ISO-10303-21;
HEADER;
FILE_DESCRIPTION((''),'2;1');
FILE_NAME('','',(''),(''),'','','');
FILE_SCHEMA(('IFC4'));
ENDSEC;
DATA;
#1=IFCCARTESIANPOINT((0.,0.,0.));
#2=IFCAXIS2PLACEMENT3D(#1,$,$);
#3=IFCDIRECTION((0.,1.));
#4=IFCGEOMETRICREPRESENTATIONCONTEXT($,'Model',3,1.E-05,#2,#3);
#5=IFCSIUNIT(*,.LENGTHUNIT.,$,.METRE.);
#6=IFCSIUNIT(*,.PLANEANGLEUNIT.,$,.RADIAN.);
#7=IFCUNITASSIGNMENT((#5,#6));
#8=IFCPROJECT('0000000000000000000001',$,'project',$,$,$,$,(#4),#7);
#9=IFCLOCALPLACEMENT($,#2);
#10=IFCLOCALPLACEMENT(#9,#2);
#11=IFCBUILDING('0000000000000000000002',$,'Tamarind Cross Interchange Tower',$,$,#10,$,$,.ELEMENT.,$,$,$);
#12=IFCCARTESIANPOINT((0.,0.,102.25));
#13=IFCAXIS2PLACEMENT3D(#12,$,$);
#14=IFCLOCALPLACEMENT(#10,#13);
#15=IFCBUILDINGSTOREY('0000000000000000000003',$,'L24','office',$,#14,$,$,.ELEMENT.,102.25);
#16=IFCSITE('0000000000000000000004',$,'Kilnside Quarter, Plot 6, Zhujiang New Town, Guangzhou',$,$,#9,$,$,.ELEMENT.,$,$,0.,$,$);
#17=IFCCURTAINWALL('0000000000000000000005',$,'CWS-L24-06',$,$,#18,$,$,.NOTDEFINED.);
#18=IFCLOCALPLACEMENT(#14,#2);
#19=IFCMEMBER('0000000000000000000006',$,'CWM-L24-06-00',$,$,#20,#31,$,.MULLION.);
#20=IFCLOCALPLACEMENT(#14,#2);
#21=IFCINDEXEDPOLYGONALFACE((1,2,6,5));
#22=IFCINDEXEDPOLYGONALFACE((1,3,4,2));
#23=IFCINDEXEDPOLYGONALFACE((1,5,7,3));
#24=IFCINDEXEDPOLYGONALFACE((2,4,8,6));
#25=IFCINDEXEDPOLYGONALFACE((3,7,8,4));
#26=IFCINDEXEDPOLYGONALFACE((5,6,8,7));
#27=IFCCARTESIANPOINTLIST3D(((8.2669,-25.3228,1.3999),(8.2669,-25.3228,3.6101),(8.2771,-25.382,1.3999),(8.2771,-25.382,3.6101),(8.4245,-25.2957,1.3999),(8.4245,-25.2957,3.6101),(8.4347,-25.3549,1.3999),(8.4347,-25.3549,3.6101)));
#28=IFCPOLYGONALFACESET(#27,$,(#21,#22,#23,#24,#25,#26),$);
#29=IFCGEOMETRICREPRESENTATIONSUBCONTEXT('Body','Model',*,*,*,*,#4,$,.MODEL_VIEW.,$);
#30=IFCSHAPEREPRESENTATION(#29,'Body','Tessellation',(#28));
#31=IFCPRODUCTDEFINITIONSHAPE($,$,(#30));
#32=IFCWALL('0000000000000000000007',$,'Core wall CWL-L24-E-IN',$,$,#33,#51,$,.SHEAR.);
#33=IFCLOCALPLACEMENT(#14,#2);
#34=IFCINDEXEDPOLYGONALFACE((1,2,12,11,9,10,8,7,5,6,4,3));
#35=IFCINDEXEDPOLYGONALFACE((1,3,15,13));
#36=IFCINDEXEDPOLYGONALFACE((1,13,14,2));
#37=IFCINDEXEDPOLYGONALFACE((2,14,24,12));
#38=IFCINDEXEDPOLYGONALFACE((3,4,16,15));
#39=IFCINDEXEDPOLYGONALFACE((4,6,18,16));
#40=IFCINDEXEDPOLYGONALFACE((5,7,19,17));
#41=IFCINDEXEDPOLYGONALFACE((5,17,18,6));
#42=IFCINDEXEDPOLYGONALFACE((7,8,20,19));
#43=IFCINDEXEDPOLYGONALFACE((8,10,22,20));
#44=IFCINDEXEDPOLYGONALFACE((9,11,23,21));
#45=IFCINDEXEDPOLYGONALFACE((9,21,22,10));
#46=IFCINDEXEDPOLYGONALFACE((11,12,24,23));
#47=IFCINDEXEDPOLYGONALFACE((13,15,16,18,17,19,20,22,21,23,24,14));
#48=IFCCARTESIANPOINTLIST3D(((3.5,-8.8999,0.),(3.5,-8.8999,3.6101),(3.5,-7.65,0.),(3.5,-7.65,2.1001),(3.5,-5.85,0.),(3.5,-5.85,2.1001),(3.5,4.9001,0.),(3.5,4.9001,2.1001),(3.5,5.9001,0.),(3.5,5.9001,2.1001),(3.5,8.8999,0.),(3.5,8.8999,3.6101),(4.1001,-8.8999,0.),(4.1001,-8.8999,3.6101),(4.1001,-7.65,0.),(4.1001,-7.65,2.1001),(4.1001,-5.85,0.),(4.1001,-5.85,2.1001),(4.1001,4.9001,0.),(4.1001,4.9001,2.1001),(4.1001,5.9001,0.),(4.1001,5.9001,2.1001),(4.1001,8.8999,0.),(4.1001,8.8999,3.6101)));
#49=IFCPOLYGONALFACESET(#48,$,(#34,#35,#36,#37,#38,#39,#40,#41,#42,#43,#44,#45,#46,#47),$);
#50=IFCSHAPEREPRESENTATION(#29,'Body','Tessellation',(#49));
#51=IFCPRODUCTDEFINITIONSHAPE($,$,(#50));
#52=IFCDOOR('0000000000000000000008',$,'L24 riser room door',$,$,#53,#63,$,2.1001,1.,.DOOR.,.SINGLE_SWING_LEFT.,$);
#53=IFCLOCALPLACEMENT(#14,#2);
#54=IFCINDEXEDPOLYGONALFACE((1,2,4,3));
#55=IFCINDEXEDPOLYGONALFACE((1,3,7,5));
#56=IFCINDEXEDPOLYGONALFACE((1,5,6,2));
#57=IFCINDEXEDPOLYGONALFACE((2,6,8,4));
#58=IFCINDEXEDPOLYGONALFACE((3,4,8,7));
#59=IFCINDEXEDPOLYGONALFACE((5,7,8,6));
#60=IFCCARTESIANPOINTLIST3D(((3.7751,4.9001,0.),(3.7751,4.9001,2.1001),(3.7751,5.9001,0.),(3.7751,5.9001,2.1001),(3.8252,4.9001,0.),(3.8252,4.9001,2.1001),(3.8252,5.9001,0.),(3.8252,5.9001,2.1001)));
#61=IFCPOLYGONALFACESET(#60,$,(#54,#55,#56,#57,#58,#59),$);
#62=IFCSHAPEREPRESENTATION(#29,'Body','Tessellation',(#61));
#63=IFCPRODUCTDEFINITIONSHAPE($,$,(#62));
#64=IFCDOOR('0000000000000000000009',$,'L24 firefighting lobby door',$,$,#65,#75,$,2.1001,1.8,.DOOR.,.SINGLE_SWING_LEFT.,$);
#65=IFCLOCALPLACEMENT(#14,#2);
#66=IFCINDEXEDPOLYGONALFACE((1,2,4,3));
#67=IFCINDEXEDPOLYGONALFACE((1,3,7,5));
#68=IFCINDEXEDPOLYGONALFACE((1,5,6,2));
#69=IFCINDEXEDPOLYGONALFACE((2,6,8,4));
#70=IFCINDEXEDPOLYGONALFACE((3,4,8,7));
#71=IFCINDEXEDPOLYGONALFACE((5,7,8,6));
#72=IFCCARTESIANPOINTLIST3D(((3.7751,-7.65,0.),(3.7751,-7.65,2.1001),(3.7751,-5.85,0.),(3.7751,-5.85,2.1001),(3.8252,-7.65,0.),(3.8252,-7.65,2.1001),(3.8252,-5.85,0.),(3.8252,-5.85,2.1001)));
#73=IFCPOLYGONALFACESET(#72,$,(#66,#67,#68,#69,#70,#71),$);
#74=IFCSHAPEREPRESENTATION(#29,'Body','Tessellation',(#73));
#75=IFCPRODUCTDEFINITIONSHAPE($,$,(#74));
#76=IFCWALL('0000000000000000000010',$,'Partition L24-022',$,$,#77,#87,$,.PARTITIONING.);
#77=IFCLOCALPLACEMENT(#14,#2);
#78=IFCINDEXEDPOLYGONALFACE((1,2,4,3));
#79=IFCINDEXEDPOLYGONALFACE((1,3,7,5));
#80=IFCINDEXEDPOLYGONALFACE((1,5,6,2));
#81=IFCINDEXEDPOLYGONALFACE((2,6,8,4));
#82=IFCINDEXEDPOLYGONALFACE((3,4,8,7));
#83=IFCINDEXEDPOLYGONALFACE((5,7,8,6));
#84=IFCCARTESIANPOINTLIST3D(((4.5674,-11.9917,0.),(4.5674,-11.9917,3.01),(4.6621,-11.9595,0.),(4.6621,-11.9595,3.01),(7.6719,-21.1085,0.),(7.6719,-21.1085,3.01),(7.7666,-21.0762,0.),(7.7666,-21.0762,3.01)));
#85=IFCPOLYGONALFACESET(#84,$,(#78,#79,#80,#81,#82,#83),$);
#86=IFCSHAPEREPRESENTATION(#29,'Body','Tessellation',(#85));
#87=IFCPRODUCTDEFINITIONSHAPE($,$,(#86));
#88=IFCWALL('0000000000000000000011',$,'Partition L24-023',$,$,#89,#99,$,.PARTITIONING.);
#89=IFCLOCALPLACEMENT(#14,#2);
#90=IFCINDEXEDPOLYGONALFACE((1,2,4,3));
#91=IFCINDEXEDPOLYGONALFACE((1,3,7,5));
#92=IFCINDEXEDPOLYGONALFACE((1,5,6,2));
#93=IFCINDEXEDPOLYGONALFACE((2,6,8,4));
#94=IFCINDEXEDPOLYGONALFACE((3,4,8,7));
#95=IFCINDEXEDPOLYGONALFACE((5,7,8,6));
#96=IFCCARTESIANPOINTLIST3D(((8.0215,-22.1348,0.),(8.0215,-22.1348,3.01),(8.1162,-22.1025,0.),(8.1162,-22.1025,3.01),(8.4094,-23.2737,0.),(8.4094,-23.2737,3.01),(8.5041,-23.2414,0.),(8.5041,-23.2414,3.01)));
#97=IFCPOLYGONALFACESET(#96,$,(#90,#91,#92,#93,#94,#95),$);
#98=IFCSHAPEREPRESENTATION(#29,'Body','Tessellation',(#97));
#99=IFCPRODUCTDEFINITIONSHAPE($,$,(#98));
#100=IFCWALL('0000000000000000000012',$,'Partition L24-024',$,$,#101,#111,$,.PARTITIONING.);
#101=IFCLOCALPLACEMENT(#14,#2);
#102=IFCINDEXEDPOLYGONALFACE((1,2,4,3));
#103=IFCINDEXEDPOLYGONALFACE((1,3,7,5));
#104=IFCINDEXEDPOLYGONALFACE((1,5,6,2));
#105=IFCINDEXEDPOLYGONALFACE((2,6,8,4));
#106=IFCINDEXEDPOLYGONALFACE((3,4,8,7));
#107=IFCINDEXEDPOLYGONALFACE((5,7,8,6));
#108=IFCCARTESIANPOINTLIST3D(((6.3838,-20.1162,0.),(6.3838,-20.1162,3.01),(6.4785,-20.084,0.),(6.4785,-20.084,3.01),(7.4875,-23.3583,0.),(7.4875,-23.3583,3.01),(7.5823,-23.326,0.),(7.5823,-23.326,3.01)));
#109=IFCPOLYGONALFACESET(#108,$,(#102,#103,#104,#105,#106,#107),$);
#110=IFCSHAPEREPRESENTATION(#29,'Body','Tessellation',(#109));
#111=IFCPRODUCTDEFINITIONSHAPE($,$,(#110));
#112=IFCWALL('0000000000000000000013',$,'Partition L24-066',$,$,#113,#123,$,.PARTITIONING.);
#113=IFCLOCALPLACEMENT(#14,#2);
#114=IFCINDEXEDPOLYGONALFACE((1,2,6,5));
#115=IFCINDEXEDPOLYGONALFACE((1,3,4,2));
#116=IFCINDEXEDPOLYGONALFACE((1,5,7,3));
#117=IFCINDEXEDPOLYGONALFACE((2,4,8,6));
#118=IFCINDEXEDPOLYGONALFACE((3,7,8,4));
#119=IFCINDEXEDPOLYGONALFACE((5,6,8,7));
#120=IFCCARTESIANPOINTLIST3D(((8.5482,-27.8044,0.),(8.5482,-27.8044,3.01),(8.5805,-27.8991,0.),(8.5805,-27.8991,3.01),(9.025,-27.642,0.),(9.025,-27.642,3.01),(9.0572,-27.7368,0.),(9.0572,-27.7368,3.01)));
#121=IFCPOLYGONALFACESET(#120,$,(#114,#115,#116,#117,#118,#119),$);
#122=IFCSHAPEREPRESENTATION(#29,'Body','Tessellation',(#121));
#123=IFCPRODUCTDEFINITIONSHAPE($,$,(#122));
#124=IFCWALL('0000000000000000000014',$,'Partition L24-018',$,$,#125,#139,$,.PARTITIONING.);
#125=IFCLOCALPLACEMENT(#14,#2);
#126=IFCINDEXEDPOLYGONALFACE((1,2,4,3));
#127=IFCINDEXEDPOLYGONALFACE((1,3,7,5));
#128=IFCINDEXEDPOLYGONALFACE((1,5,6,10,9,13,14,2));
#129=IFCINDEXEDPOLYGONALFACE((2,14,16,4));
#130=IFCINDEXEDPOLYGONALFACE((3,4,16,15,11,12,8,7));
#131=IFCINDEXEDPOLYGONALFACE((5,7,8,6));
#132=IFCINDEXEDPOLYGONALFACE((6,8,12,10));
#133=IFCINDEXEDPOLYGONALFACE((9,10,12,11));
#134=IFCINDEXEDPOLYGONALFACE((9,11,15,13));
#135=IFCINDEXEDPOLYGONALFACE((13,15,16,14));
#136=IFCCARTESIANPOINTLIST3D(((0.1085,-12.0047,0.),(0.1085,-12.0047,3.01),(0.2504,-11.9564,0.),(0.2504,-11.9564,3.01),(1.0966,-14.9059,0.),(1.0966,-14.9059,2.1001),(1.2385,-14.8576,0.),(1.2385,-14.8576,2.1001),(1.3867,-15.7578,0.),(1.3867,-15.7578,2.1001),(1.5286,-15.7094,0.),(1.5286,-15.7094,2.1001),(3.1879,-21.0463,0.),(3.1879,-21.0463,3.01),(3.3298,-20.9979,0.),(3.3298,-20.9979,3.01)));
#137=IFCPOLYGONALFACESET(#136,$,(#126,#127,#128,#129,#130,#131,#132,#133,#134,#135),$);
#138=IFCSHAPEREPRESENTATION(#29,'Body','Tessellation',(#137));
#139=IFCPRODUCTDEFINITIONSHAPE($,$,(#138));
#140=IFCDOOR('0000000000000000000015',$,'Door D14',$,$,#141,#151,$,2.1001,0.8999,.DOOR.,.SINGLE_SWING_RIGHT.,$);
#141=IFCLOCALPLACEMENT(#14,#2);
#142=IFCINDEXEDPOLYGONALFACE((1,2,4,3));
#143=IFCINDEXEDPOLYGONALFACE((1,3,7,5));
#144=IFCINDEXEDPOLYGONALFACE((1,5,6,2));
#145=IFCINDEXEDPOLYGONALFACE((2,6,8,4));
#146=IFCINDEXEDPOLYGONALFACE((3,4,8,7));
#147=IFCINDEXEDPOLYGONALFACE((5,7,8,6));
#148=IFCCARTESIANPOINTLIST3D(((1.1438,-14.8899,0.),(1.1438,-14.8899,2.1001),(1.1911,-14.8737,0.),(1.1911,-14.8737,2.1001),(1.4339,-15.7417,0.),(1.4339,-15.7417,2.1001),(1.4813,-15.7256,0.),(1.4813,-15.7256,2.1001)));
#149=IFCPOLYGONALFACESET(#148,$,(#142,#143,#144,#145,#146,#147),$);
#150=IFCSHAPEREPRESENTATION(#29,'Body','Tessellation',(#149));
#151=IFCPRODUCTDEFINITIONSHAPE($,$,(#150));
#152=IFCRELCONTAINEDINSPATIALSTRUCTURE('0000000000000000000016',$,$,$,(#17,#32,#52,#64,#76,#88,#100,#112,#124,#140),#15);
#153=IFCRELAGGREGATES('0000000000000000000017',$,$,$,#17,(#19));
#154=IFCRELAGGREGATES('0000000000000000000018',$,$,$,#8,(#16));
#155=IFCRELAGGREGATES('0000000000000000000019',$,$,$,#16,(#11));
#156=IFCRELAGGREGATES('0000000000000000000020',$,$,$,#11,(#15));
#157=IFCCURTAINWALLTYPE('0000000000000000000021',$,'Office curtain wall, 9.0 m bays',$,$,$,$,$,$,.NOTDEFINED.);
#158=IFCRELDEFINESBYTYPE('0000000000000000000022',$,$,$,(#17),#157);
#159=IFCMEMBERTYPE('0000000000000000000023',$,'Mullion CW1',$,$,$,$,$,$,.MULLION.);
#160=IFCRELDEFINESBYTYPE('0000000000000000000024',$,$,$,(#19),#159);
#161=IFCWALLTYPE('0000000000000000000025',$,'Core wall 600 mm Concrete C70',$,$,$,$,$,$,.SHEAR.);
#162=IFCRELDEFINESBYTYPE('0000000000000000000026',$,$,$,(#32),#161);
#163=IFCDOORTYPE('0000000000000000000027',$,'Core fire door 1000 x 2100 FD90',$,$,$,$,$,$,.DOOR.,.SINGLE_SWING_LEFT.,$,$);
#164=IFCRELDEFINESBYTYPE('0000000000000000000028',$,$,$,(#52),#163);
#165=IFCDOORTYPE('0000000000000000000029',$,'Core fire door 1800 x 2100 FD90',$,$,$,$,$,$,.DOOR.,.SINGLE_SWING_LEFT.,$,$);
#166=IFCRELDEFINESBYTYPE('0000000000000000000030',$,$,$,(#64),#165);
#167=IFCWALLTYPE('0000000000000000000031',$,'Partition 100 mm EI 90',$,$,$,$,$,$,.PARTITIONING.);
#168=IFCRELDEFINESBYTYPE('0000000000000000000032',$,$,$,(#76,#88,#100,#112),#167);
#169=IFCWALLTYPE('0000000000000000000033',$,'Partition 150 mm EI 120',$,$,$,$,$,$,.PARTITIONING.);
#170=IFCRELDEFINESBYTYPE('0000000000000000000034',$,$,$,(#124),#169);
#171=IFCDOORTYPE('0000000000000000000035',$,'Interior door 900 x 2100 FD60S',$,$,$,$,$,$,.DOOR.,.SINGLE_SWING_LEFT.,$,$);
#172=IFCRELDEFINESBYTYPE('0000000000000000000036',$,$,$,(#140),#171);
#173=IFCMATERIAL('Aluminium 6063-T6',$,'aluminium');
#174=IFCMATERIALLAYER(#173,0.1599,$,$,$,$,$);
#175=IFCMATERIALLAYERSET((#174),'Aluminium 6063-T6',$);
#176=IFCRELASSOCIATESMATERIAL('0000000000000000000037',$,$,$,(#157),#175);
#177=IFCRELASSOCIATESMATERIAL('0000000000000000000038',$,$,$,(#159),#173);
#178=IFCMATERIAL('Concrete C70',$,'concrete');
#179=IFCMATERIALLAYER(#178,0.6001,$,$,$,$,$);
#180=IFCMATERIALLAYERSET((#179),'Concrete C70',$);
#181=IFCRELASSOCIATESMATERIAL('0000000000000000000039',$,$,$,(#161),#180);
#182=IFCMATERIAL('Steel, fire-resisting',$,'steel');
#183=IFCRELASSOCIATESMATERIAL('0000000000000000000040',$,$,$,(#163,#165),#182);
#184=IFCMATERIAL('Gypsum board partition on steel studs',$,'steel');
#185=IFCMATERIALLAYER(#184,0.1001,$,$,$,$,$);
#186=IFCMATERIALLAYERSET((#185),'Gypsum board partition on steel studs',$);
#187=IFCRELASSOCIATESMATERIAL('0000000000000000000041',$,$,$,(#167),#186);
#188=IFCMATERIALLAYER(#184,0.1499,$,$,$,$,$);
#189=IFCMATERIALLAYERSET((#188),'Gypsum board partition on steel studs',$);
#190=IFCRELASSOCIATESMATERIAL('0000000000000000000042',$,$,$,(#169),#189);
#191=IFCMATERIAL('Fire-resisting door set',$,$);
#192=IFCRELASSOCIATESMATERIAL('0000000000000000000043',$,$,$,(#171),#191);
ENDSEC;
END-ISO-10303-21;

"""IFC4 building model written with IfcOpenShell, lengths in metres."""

from ifc_helpers import new_model, si_unit, direction, frame, frame_2d, origin, origin_2d, place, context, subcontext, project, spatial, rectangle, extrude, material, layer, layer_set, material_profile, profile_set, type_object, element, fill, aggregate, save


model = new_model("IFC4")

# Units and contexts
model_context = context("Model", 3, precision=1e-05, world=origin(), true_north=direction((0.0, 1.0)))
body_context = subcontext(model_context, "Body", "Model", "MODEL_VIEW")
ifc_project = project(units=[si_unit("LENGTHUNIT", "METRE"), si_unit("PLANEANGLEUNIT", "RADIAN")], contexts=[model_context])

# Site, building, storey
site_placement = place(None, origin())
site = spatial("IfcSite", under=ifc_project, at=site_placement, Name="Kilnside Quarter, Plot 6, Zhujiang New Town, Guangzhou", CompositionType="ELEMENT", RefElevation=0.0)
building_placement = place(site_placement, origin())
building = spatial("IfcBuilding", under=site, at=building_placement, Name="Tamarind Cross Interchange Tower", CompositionType="ELEMENT")
storey_placement = place(building_placement, frame((0.0, 0.0, 102.25)))
storey = spatial("IfcBuildingStorey", under=building, at=storey_placement, Name="L24", Description="office", CompositionType="ELEMENT", Elevation=102.25)

# Curtain wall, member
ifc_material_1 = material(Name="Aluminium 6063-T6", Category="aluminium")
ifc_layer_1 = layer(ifc_material_1, 0.1599)
ifc_layer_set_1 = layer_set([ifc_layer_1], Name="Aluminium 6063-T6")
curtain_wall_type = type_object("IfcCurtainWallType", Name="Office curtain wall, 9.0 m bays", PredefinedType="NOTDEFINED", material=ifc_layer_set_1)
curtain_wall_placement = place(storey_placement, origin())
curtain_wall = element("IfcCurtainWall", 1, at=curtain_wall_placement, inside=storey, type_object=curtain_wall_type, Name="CWS-L24-06", PredefinedType="NOTDEFINED")
ifc_material_profile_1 = material_profile(ifc_material_1, rectangle(XDim=0.0601, YDim=0.1599, at=origin_2d()), Name="Mullion CW1")
ifc_profile_set_1 = profile_set([ifc_material_profile_1], Name="Aluminium 6063-T6")
member_type = type_object("IfcMemberType", Name="Mullion CW1", PredefinedType="MULLION", material=ifc_profile_set_1)
member_placement = place(storey_placement, frame((8.3508, -25.3389, 1.3999), z_axis=(0.0, 0.0, 1.0), x_axis=(-0.169628, 0.985508, 0.0)))
member = element("IfcMember", 2, at=member_placement, type_object=member_type, Name="CWM-L24-06-00", PredefinedType="MULLION", context=body_context, shape_type="SweptSolid", body=[
    extrude(rectangle(XDim=0.0601, YDim=0.1599, at=origin_2d()), origin(), (0.0, 0.0, 1.0), 2.2102),
])
aggregate(curtain_wall, [member])

# Wall, openings, doors
ifc_material_2 = material(Name="Concrete C70", Category="concrete")
ifc_layer_2 = layer(ifc_material_2, 0.6001)
ifc_layer_set_2 = layer_set([ifc_layer_2], Name="Concrete C70")
wall_type_1 = type_object("IfcWallType", Name="Core wall 600 mm Concrete C70", PredefinedType="SHEAR", material=ifc_layer_set_2)
wall_1_placement = place(storey_placement, frame((3.8, -8.8999, 0.0), z_axis=(0.0, 0.0, 1.0), x_axis=(0.0, 1.0, 0.0)))
wall_1 = element("IfcWall", 3, at=wall_1_placement, inside=storey, type_object=wall_type_1, Name="Core wall CWL-L24-E-IN", PredefinedType="SHEAR", context=body_context, shape_type="SweptSolid", body=[
    extrude(rectangle(XDim=17.7998, YDim=0.6001, at=frame_2d((8.8999, 0.0))), origin(), (0.0, 0.0, 1.0), 3.6101),
])
opening_1_placement = place(wall_1_placement, frame((1.25, 0.0, 0.0)))
opening_1 = element("IfcOpeningElement", 4, at=opening_1_placement, cuts=wall_1, PredefinedType="OPENING", context=body_context, shape_type="SweptSolid", body=[
    extrude(rectangle(XDim=1.8, YDim=2.1001, at=frame_2d((0.8999, 1.05))), frame((0.0, 0.3101, 0.0), z_axis=(0.0, -1.0, 0.0), x_axis=(1.0, 0.0, 0.0)), (0.0, 0.0, 1.0), 0.6201),
])
opening_2_placement = place(wall_1_placement, frame((13.8, 0.0, 0.0)))
opening_2 = element("IfcOpeningElement", 5, at=opening_2_placement, cuts=wall_1, PredefinedType="OPENING", context=body_context, shape_type="SweptSolid", body=[
    extrude(rectangle(XDim=1.0, YDim=2.1001, at=frame_2d((0.5, 1.05))), frame((0.0, 0.3101, 0.0), z_axis=(0.0, -1.0, 0.0), x_axis=(1.0, 0.0, 0.0)), (0.0, 0.0, 1.0), 0.6201),
])
ifc_material_3 = material(Name="Steel, fire-resisting", Category="steel")
door_type_1 = type_object("IfcDoorType", Name="Core fire door 1000 x 2100 FD90", OperationType="SINGLE_SWING_LEFT", PredefinedType="DOOR", material=ifc_material_3)
door_1_placement = place(opening_2_placement, origin())
door_1 = element("IfcDoor", 6, at=door_1_placement, inside=storey, type_object=door_type_1, Name="L24 riser room door", OperationType="SINGLE_SWING_LEFT", OverallHeight=2.1001, OverallWidth=1.0, PredefinedType="DOOR", context=body_context, shape_type="SweptSolid", body=[
    extrude(rectangle(XDim=1.0, YDim=2.1001, at=frame_2d((0.5, 1.05))), frame((0.0, 0.0249, 0.0), z_axis=(0.0, -1.0, 0.0), x_axis=(1.0, 0.0, 0.0)), (0.0, 0.0, 1.0), 0.05),
])
fill(opening_2, door_1)
door_type_2 = type_object("IfcDoorType", Name="Core fire door 1800 x 2100 FD90", OperationType="SINGLE_SWING_LEFT", PredefinedType="DOOR", material=ifc_material_3)
door_2_placement = place(opening_1_placement, origin())
door_2 = element("IfcDoor", 7, at=door_2_placement, inside=storey, type_object=door_type_2, Name="L24 firefighting lobby door", OperationType="SINGLE_SWING_LEFT", OverallHeight=2.1001, OverallWidth=1.8, PredefinedType="DOOR", context=body_context, shape_type="SweptSolid", body=[
    extrude(rectangle(XDim=1.8, YDim=2.1001, at=frame_2d((0.8999, 1.05))), frame((0.0, 0.0249, 0.0), z_axis=(0.0, -1.0, 0.0), x_axis=(1.0, 0.0, 0.0)), (0.0, 0.0, 1.0), 0.05),
])
fill(opening_1, door_2)

# Walls
ifc_material_4 = material(Name="Gypsum board partition on steel studs", Category="steel")
ifc_layer_3 = layer(ifc_material_4, 0.1001)
ifc_layer_set_3 = layer_set([ifc_layer_3], Name="Gypsum board partition on steel studs")
wall_type_2 = type_object("IfcWallType", Name="Partition 100 mm EI 90", PredefinedType="PARTITIONING", material=ifc_layer_set_3)
wall_2_placement = place(storey_placement, frame((4.6147, -11.9756, 0.0), z_axis=(0.0, 0.0, 1.0), x_axis=(0.322351, -0.94662, 0.0)))
element("IfcWall", 8, at=wall_2_placement, inside=storey, type_object=wall_type_2, Name="Partition L24-022", PredefinedType="PARTITIONING", context=body_context, shape_type="SweptSolid", body=[
    extrude(rectangle(XDim=9.6309, YDim=0.1001, at=frame_2d((4.8154, 0.0))), origin(), (0.0, 0.0, 1.0), 3.01),
])
wall_3_placement = place(storey_placement, frame((8.0688, -22.1187, 0.0), z_axis=(0.0, 0.0, 1.0), x_axis=(0.32243, -0.946593, 0.0)))
element("IfcWall", 9, at=wall_3_placement, inside=storey, type_object=wall_type_2, Name="Partition L24-023", PredefinedType="PARTITIONING", context=body_context, shape_type="SweptSolid", body=[
    extrude(rectangle(XDim=1.2031, YDim=0.1001, at=frame_2d((0.6016, 0.0))), origin(), (0.0, 0.0, 1.0), 3.01),
])
wall_4_placement = place(storey_placement, frame((6.4312, -20.1001, 0.0), z_axis=(0.0, 0.0, 1.0), x_axis=(0.322273, -0.946647, 0.0)))
element("IfcWall", 10, at=wall_4_placement, inside=storey, type_object=wall_type_2, Name="Partition L24-024", PredefinedType="PARTITIONING", context=body_context, shape_type="SweptSolid", body=[
    extrude(rectangle(XDim=3.4248, YDim=0.1001, at=frame_2d((1.7124, 0.0))), origin(), (0.0, 0.0, 1.0), 3.01),
])
wall_5_placement = place(storey_placement, frame((8.5642, -27.8518, 0.0), z_axis=(0.0, 0.0, 1.0), x_axis=(0.946628, 0.322328, 0.0)))
element("IfcWall", 11, at=wall_5_placement, inside=storey, type_object=wall_type_2, Name="Partition L24-066", PredefinedType="PARTITIONING", context=body_context, shape_type="SweptSolid", body=[
    extrude(rectangle(XDim=0.5037, YDim=0.1001, at=frame_2d((0.252, 0.0))), origin(), (0.0, 0.0, 1.0), 3.01),
])

# Wall, opening, door
ifc_layer_4 = layer(ifc_material_4, 0.1499)
ifc_layer_set_4 = layer_set([ifc_layer_4], Name="Gypsum board partition on steel studs")
wall_type_3 = type_object("IfcWallType", Name="Partition 150 mm EI 120", PredefinedType="PARTITIONING", material=ifc_layer_set_4)
wall_6_placement = place(storey_placement, frame((0.1794, -11.9805, 0.0), z_axis=(0.0, 0.0, 1.0), x_axis=(0.322394, -0.946606, 0.0)))
wall_6 = element("IfcWall", 12, at=wall_6_placement, inside=storey, type_object=wall_type_3, Name="Partition L24-018", PredefinedType="PARTITIONING", context=body_context, shape_type="SweptSolid", body=[
    extrude(rectangle(XDim=9.5515, YDim=0.1499, at=frame_2d((4.7759, 0.0))), origin(), (0.0, 0.0, 1.0), 3.01),
])
opening_3_placement = place(wall_6_placement, frame((3.0649, 0.0, 0.0)))
opening_3 = element("IfcOpeningElement", 13, at=opening_3_placement, cuts=wall_6, PredefinedType="OPENING", context=body_context, shape_type="SweptSolid", body=[
    extrude(rectangle(XDim=0.8999, YDim=2.1001, at=frame_2d((0.45, 1.05))), frame((0.0, 0.085, 0.0), z_axis=(0.0, -1.0, 0.0), x_axis=(1.0, 0.0, 0.0)), (0.0, 0.0, 1.0), 0.1699),
])
ifc_material_5 = material(Name="Fire-resisting door set")
door_type_3 = type_object("IfcDoorType", Name="Interior door 900 x 2100 FD60S", OperationType="SINGLE_SWING_LEFT", PredefinedType="DOOR", material=ifc_material_5)
door_3_placement = place(opening_3_placement, origin())
door_3 = element("IfcDoor", 14, at=door_3_placement, inside=storey, type_object=door_type_3, Name="Door D14", OperationType="SINGLE_SWING_RIGHT", OverallHeight=2.1001, OverallWidth=0.8999, PredefinedType="DOOR", context=body_context, shape_type="SweptSolid", body=[
    extrude(rectangle(XDim=0.8999, YDim=2.1001, at=frame_2d((0.45, 1.05))), frame((0.0, 0.0249, 0.0), z_axis=(0.0, -1.0, 0.0), x_axis=(1.0, 0.0, 0.0)), (0.0, 0.0, 1.0), 0.05),
])
fill(opening_3, door_3)

save(model, "model.ifc")
